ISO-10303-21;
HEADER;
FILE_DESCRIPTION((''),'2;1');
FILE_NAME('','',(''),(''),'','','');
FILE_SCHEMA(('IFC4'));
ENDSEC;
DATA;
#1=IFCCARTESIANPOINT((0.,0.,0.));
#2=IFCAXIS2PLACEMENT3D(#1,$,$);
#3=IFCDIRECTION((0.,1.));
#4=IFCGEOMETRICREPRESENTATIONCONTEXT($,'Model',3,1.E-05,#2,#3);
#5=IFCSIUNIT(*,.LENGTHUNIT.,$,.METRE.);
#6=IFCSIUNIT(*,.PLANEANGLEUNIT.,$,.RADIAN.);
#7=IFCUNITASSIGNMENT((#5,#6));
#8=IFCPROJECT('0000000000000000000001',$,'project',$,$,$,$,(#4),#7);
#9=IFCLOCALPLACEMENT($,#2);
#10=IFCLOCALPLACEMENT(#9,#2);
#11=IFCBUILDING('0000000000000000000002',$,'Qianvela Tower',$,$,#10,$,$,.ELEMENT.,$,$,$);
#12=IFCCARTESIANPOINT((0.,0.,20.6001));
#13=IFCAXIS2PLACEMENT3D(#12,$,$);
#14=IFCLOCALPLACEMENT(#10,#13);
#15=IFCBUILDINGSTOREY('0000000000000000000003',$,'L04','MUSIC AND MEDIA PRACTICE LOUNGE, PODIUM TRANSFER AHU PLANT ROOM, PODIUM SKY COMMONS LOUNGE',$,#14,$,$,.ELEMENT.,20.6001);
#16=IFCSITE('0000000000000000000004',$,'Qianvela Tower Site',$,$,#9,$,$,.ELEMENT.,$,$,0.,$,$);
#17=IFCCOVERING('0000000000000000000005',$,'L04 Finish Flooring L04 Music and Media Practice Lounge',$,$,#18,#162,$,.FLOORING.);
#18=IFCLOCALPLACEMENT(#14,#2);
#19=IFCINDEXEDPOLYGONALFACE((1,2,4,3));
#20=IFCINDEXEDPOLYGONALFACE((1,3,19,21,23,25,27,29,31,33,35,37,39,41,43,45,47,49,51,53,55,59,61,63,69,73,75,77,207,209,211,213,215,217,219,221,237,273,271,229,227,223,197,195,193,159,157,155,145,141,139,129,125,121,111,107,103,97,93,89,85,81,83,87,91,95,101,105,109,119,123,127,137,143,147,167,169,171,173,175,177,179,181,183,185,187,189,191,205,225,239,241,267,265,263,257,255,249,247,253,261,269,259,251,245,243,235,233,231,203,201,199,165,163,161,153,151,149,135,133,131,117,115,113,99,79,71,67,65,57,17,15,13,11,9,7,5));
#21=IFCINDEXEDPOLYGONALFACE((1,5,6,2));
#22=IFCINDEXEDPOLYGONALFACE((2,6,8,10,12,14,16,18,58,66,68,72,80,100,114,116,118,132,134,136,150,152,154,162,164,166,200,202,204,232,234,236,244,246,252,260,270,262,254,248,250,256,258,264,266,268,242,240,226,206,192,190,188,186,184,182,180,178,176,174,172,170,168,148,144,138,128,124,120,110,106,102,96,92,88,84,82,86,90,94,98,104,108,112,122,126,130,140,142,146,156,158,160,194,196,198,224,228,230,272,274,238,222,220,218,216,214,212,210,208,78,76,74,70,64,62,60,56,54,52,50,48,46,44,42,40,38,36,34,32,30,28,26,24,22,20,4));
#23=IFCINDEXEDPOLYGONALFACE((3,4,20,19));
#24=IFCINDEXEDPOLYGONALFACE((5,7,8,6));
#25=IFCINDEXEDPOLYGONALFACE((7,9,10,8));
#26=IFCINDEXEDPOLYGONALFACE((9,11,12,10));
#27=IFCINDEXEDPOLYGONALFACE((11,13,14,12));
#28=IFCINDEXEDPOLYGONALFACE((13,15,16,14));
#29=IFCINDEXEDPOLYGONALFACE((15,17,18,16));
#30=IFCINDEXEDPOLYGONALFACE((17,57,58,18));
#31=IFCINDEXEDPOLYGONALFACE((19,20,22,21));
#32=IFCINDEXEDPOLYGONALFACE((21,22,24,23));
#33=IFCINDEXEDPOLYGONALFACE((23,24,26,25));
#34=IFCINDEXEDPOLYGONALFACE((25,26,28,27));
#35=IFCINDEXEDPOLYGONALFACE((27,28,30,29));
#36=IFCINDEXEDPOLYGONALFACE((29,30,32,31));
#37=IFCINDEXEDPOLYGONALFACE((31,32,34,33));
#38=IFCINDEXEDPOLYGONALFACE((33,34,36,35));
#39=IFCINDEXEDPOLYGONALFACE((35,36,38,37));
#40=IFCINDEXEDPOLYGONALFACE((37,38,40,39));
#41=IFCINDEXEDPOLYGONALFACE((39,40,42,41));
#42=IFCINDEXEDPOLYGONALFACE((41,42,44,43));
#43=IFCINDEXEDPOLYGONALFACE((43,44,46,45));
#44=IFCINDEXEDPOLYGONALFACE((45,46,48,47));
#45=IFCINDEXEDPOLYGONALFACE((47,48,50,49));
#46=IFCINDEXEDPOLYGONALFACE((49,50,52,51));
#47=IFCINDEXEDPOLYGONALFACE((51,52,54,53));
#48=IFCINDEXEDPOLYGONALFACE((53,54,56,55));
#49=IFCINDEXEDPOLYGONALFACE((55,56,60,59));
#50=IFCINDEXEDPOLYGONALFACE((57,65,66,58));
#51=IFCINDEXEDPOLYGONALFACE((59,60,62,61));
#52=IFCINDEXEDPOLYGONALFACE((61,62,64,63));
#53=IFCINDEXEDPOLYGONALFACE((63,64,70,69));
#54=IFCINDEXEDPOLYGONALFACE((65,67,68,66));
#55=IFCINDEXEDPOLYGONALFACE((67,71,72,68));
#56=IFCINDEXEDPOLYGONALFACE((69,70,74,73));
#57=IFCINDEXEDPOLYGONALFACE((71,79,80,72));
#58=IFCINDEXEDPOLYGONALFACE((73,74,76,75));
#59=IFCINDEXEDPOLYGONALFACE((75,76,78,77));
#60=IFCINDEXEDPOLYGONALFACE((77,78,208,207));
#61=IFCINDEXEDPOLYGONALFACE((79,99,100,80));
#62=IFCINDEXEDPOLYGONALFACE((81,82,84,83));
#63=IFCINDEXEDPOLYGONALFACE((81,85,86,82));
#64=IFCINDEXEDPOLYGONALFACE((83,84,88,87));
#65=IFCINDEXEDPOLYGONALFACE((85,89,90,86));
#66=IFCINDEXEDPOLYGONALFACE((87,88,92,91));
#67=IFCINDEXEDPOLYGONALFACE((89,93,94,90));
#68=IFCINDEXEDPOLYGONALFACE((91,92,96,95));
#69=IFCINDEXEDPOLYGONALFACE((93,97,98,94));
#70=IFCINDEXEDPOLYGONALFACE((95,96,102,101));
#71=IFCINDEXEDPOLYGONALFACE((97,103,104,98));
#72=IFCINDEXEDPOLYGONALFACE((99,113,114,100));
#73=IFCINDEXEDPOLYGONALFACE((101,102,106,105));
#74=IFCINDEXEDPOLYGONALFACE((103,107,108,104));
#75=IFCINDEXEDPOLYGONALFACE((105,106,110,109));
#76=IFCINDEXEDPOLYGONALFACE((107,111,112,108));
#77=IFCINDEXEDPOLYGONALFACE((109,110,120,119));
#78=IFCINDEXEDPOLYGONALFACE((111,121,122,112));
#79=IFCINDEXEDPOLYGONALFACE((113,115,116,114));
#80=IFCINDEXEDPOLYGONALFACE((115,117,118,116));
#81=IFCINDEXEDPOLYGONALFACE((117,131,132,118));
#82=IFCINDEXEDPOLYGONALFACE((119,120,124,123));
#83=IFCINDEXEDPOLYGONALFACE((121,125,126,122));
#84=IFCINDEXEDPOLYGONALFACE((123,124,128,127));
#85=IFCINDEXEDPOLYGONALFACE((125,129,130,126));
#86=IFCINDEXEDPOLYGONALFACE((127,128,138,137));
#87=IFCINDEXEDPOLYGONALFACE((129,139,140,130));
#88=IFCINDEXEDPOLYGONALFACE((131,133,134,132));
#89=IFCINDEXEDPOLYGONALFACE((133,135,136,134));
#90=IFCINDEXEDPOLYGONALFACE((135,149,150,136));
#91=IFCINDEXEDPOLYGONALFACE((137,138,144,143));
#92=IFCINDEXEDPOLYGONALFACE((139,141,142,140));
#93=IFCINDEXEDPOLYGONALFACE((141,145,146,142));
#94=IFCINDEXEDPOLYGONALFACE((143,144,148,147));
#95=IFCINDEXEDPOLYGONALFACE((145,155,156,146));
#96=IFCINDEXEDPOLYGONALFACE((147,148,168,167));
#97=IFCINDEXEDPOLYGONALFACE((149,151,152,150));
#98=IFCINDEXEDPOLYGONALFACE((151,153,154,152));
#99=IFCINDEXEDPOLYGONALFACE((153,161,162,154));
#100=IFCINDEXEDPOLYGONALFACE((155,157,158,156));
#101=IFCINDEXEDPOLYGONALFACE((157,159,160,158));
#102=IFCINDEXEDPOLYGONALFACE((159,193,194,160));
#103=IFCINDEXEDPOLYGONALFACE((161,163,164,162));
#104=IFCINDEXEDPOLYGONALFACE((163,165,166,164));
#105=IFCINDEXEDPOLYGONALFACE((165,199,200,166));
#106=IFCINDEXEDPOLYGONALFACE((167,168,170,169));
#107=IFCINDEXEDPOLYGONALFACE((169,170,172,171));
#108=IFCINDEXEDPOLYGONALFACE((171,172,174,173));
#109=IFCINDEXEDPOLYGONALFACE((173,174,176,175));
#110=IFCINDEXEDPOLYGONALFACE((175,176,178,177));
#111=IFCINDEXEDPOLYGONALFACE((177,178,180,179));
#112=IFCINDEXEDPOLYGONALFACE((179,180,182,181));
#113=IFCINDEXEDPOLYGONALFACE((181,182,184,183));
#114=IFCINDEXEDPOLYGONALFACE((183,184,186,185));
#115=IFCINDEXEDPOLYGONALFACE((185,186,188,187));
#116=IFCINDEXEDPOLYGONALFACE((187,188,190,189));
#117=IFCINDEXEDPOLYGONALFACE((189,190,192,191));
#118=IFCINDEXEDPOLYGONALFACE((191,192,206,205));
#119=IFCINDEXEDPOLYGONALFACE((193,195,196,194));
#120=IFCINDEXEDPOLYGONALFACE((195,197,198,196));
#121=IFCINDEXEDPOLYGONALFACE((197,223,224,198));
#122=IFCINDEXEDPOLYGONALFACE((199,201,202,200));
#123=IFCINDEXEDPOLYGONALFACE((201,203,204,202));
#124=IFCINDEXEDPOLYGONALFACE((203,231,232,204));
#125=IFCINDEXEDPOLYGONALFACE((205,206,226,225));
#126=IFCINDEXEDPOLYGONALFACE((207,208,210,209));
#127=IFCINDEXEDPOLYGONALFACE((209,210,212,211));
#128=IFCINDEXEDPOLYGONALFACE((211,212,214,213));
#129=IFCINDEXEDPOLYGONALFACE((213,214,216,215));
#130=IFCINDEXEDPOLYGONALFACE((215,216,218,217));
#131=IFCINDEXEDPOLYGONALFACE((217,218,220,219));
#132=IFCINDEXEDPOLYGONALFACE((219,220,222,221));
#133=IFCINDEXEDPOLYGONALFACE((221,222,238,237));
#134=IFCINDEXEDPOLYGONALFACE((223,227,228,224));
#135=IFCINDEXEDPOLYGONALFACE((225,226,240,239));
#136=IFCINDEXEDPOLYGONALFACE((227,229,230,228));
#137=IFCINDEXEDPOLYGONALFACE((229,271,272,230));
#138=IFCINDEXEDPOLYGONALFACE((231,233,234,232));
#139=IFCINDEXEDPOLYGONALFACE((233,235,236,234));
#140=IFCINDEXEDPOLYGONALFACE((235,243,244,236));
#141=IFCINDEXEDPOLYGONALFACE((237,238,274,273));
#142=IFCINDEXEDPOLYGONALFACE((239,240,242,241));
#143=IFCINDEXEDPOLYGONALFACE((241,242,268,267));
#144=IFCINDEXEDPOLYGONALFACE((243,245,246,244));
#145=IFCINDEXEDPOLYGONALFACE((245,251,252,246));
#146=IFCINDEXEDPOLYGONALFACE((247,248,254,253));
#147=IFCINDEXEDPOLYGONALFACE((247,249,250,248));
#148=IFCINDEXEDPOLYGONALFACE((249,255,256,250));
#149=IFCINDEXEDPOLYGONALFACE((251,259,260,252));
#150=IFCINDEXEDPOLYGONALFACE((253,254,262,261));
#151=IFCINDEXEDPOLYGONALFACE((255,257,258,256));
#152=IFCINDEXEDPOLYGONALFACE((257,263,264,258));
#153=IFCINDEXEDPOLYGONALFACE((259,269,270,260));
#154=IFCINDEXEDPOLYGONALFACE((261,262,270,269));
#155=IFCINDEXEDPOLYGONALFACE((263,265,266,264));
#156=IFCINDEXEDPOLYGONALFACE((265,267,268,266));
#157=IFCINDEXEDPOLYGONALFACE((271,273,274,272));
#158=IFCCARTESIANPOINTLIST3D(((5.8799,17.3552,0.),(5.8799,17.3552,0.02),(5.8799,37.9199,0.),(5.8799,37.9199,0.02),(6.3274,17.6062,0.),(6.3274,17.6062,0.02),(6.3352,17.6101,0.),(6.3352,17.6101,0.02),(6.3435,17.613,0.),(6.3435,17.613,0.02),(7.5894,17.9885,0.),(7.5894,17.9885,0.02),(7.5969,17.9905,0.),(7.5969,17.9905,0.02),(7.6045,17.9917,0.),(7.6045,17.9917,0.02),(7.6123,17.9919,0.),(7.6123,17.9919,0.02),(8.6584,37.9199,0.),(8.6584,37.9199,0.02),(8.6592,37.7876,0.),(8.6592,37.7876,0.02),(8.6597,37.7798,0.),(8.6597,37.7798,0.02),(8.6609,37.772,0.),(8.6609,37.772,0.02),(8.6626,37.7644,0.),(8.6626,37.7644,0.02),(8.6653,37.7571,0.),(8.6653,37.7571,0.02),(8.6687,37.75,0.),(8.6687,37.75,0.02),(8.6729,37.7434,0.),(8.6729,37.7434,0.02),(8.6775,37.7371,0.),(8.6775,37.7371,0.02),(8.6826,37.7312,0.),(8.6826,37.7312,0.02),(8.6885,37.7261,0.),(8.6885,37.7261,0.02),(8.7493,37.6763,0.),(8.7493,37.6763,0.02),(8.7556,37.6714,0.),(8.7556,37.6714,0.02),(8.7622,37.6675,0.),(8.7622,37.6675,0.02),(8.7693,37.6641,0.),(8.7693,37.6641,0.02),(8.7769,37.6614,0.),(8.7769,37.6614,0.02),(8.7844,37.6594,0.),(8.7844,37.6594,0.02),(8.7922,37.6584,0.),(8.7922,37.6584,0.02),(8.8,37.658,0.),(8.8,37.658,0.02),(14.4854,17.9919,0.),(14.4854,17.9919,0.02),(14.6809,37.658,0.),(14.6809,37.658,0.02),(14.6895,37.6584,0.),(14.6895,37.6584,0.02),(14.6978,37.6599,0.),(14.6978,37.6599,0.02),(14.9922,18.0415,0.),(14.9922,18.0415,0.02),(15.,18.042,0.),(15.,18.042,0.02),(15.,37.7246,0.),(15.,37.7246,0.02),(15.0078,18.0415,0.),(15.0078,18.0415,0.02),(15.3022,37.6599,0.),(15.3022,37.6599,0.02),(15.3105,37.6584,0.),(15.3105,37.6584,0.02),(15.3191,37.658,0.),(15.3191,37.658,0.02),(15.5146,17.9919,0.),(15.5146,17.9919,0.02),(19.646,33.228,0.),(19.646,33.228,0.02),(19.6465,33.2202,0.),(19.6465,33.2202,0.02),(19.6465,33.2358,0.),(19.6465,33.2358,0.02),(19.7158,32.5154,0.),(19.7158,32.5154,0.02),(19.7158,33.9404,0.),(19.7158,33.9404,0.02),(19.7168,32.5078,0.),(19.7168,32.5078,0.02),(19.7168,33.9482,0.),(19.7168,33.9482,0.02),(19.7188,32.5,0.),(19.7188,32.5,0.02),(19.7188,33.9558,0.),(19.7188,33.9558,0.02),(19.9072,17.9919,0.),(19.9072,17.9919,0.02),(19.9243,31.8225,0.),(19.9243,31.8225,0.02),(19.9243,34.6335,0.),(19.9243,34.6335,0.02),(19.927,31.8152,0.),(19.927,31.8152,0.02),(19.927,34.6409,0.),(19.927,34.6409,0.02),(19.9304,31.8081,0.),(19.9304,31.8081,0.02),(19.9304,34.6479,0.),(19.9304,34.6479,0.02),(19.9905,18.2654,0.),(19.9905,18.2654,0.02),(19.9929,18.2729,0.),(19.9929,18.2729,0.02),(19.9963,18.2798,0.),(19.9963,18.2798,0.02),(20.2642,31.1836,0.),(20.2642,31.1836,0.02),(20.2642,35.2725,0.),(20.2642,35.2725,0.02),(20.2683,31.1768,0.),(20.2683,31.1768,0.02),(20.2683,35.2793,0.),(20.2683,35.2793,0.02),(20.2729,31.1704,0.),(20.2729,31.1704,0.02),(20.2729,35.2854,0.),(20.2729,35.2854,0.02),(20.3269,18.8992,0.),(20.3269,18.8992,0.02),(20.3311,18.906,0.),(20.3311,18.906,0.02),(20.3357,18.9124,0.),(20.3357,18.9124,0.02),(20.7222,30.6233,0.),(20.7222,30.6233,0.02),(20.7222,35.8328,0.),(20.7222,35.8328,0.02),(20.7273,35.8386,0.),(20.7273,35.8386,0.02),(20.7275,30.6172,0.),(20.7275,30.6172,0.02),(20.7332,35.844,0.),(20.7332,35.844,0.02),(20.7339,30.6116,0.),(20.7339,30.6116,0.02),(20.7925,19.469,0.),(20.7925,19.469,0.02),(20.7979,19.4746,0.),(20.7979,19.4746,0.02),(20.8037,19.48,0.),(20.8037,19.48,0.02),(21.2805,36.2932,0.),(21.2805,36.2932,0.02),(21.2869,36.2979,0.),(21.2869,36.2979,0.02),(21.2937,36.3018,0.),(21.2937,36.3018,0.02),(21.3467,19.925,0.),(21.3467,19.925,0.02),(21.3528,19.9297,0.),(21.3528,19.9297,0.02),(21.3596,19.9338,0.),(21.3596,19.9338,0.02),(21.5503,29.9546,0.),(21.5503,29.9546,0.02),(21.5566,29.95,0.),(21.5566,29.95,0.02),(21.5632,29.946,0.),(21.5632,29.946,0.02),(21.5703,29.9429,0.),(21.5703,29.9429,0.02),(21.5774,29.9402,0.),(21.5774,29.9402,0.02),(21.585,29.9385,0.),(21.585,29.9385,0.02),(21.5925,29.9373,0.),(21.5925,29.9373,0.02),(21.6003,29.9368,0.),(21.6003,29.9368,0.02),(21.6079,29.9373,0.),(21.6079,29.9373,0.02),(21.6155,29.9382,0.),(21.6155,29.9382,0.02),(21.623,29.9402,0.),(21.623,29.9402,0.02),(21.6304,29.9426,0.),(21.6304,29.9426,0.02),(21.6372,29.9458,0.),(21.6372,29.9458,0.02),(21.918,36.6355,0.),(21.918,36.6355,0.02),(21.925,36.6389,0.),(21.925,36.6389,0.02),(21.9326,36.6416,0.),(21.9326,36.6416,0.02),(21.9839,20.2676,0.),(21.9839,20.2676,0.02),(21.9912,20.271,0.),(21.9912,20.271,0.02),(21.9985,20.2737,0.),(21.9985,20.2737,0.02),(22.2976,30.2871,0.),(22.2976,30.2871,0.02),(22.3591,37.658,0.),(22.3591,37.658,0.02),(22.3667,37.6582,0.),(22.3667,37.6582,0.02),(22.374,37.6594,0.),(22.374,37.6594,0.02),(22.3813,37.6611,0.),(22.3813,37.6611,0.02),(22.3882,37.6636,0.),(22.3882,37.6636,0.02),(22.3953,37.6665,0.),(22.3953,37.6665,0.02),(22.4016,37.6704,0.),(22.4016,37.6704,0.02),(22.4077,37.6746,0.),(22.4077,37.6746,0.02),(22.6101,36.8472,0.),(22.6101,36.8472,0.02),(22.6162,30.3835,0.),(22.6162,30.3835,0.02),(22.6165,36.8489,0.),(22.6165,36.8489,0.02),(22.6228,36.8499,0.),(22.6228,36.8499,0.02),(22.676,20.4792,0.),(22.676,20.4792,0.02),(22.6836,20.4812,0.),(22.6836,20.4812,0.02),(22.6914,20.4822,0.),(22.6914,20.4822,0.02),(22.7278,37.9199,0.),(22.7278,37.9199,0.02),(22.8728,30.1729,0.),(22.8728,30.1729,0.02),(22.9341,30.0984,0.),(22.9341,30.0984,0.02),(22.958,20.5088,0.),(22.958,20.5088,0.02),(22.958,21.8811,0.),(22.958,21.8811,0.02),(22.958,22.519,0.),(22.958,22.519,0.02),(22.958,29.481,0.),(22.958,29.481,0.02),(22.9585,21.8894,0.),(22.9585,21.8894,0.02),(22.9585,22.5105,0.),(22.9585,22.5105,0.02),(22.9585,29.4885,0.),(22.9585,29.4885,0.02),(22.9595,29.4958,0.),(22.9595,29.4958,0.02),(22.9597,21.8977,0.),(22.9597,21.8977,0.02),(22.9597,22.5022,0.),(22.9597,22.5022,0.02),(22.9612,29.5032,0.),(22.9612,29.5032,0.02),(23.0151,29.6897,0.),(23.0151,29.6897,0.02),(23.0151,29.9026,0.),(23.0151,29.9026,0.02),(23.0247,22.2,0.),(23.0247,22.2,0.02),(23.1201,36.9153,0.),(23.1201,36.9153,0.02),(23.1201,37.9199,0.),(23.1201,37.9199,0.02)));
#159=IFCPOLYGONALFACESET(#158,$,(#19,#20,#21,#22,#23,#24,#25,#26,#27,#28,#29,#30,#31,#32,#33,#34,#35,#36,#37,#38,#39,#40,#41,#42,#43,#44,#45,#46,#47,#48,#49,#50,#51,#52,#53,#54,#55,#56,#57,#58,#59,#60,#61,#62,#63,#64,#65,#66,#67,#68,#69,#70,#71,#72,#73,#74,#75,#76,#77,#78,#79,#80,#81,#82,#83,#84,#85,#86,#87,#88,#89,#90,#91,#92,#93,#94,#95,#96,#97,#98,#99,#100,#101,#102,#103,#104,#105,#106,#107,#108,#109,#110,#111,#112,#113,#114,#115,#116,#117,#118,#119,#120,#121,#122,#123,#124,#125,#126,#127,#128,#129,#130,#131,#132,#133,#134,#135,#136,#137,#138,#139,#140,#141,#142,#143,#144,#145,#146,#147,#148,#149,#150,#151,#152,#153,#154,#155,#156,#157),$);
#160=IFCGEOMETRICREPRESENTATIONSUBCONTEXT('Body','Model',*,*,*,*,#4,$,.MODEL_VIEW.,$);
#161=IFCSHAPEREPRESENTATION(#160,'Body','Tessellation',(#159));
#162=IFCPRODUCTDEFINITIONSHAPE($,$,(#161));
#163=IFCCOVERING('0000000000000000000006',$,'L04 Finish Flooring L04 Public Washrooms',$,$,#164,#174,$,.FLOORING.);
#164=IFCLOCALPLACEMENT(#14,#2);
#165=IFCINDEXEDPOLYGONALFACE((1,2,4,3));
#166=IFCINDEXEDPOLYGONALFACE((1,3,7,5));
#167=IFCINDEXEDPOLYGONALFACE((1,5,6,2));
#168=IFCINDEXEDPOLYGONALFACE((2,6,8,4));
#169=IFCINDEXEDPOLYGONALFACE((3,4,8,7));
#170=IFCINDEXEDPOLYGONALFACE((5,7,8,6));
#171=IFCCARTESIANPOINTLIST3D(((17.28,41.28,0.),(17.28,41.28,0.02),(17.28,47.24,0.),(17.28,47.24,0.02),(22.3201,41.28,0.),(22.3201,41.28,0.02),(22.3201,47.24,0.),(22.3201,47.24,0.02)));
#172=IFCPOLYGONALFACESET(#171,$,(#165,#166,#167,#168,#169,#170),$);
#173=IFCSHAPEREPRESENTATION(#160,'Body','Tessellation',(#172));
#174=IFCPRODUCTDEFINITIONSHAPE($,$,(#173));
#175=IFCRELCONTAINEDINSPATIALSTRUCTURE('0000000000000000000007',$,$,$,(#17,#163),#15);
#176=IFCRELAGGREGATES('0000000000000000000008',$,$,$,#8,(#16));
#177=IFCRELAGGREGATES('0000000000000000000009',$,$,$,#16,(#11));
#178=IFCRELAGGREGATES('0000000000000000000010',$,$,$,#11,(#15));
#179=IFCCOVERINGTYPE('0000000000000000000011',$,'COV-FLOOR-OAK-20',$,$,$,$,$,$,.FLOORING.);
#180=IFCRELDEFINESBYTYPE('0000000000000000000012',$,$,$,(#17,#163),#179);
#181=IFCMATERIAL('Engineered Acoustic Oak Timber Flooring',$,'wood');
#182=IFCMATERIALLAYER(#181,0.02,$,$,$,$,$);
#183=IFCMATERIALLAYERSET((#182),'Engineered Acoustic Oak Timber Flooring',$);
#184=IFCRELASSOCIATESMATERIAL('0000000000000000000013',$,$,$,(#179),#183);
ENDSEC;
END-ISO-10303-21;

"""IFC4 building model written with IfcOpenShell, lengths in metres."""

from ifc_helpers import new_model, si_unit, direction, frame, origin, place, context, subcontext, project, spatial, polyline, outline, extrude, material, layer, layer_set, type_object, element, save


model = new_model("IFC4")

# Units and contexts
model_context = context("Model", 3, precision=1e-05, world=origin(), true_north=direction((0.0, 1.0)))
body_context = subcontext(model_context, "Body", "Model", "MODEL_VIEW")
ifc_project = project(units=[si_unit("LENGTHUNIT", "METRE"), si_unit("PLANEANGLEUNIT", "RADIAN")], contexts=[model_context])

# Site, building, storey
site_placement = place(None, origin())
site = spatial("IfcSite", under=ifc_project, at=site_placement, Name="Qianvela Tower Site", CompositionType="ELEMENT", RefElevation=0.0)
building_placement = place(site_placement, origin())
building = spatial("IfcBuilding", under=site, at=building_placement, Name="Qianvela Tower", CompositionType="ELEMENT")
storey_placement = place(building_placement, frame((0.0, 0.0, 20.6001)))
storey = spatial("IfcBuildingStorey", under=building, at=storey_placement, Name="L04", Description="MUSIC AND MEDIA PRACTICE LOUNGE, PODIUM TRANSFER AHU PLANT ROOM, PODIUM SKY COMMONS LOUNGE", CompositionType="ELEMENT", Elevation=20.6001)

# Coverings
ifc_material_1 = material(Name="Engineered Acoustic Oak Timber Flooring", Category="wood")
ifc_layer_1 = layer(ifc_material_1, 0.02)
ifc_layer_set_1 = layer_set([ifc_layer_1], Name="Engineered Acoustic Oak Timber Flooring")
covering_type_1 = type_object("IfcCoveringType", Name="COV-FLOOR-OAK-20", PredefinedType="FLOORING", material=ifc_layer_set_1)
covering_1_placement = place(storey_placement, origin())
element("IfcCovering", 1, at=covering_1_placement, inside=storey, type_object=covering_type_1, Name="L04 Finish Flooring L04 Music and Media Practice Lounge", PredefinedType="FLOORING", context=body_context, shape_type="SweptSolid", body=[
    extrude(outline(polyline([(23.1201, 36.9153), (22.6228, 36.8499), (22.6165, 36.8489), (22.6101, 36.8472), (21.9326, 36.6416), (21.925, 36.6389), (21.918, 36.6355), (21.2937, 36.3018), (21.2869, 36.2979), (21.2805, 36.2932), (20.7332, 35.844), (20.7273, 35.8386), (20.7222, 35.8328), (20.2729, 35.2854), (20.2683, 35.2793), (20.2642, 35.2725), (19.9304, 34.6479), (19.927, 34.6409), (19.9243, 34.6335), (19.7188, 33.9558), (19.7168, 33.9482), (19.7158, 33.9404), (19.6465, 33.2358), (19.646, 33.228), (19.6465, 33.2202), (19.7158, 32.5154), (19.7168, 32.5078), (19.7188, 32.5), (19.9243, 31.8225), (19.927, 31.8152), (19.9304, 31.8081), (20.2642, 31.1836), (20.2683, 31.1768), (20.2729, 31.1704), (20.7222, 30.6233), (20.7275, 30.6172), (20.7339, 30.6116), (21.5503, 29.9546), (21.5566, 29.95), (21.5632, 29.946), (21.5703, 29.9429), (21.5774, 29.9402), (21.585, 29.9385), (21.5925, 29.9373), (21.6003, 29.9368), (21.6079, 29.9373), (21.6155, 29.9382), (21.623, 29.9402), (21.6304, 29.9426), (21.6372, 29.9458), (22.2976, 30.2871), (22.6162, 30.3835), (22.8728, 30.1729), (22.9341, 30.0984), (23.0151, 29.9026), (23.0151, 29.6897), (22.9612, 29.5032), (22.9595, 29.4958), (22.9585, 29.4885), (22.958, 29.481), (22.958, 22.519), (22.9585, 22.5105), (22.9597, 22.5022), (23.0247, 22.2), (22.9597, 21.8977), (22.9585, 21.8894), (22.958, 21.8811), (22.958, 20.5088), (22.6914, 20.4822), (22.6836, 20.4812), (22.676, 20.4792), (21.9985, 20.2737), (21.9912, 20.271), (21.9839, 20.2676), (21.3596, 19.9338), (21.3528, 19.9297), (21.3467, 19.925), (20.8037, 19.48), (20.7979, 19.4746), (20.7925, 19.469), (20.3357, 18.9124), (20.3311, 18.906), (20.3269, 18.8992), (19.9963, 18.2798), (19.9929, 18.2729), (19.9905, 18.2654), (19.9072, 17.9919), (15.5146, 17.9919), (15.0078, 18.0415), (15.0, 18.042), (14.9922, 18.0415), (14.4854, 17.9919), (7.6123, 17.9919), (7.6045, 17.9917), (7.5969, 17.9905), (7.5894, 17.9885), (6.3435, 17.613), (6.3352, 17.6101), (6.3274, 17.6062), (5.8799, 17.3552), (5.8799, 37.9199), (8.6584, 37.9199), (8.6592, 37.7876), (8.6597, 37.7798), (8.6609, 37.772), (8.6626, 37.7644), (8.6653, 37.7571), (8.6687, 37.75), (8.6729, 37.7434), (8.6775, 37.7371), (8.6826, 37.7312), (8.6885, 37.7261), (8.7493, 37.6763), (8.7556, 37.6714), (8.7622, 37.6675), (8.7693, 37.6641), (8.7769, 37.6614), (8.7844, 37.6594), (8.7922, 37.6584), (8.8, 37.658), (14.6809, 37.658), (14.6895, 37.6584), (14.6978, 37.6599), (15.0, 37.7246), (15.3022, 37.6599), (15.3105, 37.6584), (15.3191, 37.658), (22.3591, 37.658), (22.3667, 37.6582), (22.374, 37.6594), (22.3813, 37.6611), (22.3882, 37.6636), (22.3953, 37.6665), (22.4016, 37.6704), (22.4077, 37.6746), (22.7278, 37.9199), (23.1201, 37.9199), (23.1201, 36.9153)])), origin(), (0.0, 0.0, 1.0), 0.02),
])
covering_2_placement = place(storey_placement, origin())
element("IfcCovering", 2, at=covering_2_placement, inside=storey, type_object=covering_type_1, Name="L04 Finish Flooring L04 Public Washrooms", PredefinedType="FLOORING", context=body_context, shape_type="SweptSolid", body=[
    extrude(outline(polyline([(17.28, 47.24), (22.3201, 47.24), (22.3201, 41.28), (17.28, 41.28), (17.28, 47.24)])), origin(), (0.0, 0.0, 1.0), 0.02),
])

save(model, "model.ifc")
